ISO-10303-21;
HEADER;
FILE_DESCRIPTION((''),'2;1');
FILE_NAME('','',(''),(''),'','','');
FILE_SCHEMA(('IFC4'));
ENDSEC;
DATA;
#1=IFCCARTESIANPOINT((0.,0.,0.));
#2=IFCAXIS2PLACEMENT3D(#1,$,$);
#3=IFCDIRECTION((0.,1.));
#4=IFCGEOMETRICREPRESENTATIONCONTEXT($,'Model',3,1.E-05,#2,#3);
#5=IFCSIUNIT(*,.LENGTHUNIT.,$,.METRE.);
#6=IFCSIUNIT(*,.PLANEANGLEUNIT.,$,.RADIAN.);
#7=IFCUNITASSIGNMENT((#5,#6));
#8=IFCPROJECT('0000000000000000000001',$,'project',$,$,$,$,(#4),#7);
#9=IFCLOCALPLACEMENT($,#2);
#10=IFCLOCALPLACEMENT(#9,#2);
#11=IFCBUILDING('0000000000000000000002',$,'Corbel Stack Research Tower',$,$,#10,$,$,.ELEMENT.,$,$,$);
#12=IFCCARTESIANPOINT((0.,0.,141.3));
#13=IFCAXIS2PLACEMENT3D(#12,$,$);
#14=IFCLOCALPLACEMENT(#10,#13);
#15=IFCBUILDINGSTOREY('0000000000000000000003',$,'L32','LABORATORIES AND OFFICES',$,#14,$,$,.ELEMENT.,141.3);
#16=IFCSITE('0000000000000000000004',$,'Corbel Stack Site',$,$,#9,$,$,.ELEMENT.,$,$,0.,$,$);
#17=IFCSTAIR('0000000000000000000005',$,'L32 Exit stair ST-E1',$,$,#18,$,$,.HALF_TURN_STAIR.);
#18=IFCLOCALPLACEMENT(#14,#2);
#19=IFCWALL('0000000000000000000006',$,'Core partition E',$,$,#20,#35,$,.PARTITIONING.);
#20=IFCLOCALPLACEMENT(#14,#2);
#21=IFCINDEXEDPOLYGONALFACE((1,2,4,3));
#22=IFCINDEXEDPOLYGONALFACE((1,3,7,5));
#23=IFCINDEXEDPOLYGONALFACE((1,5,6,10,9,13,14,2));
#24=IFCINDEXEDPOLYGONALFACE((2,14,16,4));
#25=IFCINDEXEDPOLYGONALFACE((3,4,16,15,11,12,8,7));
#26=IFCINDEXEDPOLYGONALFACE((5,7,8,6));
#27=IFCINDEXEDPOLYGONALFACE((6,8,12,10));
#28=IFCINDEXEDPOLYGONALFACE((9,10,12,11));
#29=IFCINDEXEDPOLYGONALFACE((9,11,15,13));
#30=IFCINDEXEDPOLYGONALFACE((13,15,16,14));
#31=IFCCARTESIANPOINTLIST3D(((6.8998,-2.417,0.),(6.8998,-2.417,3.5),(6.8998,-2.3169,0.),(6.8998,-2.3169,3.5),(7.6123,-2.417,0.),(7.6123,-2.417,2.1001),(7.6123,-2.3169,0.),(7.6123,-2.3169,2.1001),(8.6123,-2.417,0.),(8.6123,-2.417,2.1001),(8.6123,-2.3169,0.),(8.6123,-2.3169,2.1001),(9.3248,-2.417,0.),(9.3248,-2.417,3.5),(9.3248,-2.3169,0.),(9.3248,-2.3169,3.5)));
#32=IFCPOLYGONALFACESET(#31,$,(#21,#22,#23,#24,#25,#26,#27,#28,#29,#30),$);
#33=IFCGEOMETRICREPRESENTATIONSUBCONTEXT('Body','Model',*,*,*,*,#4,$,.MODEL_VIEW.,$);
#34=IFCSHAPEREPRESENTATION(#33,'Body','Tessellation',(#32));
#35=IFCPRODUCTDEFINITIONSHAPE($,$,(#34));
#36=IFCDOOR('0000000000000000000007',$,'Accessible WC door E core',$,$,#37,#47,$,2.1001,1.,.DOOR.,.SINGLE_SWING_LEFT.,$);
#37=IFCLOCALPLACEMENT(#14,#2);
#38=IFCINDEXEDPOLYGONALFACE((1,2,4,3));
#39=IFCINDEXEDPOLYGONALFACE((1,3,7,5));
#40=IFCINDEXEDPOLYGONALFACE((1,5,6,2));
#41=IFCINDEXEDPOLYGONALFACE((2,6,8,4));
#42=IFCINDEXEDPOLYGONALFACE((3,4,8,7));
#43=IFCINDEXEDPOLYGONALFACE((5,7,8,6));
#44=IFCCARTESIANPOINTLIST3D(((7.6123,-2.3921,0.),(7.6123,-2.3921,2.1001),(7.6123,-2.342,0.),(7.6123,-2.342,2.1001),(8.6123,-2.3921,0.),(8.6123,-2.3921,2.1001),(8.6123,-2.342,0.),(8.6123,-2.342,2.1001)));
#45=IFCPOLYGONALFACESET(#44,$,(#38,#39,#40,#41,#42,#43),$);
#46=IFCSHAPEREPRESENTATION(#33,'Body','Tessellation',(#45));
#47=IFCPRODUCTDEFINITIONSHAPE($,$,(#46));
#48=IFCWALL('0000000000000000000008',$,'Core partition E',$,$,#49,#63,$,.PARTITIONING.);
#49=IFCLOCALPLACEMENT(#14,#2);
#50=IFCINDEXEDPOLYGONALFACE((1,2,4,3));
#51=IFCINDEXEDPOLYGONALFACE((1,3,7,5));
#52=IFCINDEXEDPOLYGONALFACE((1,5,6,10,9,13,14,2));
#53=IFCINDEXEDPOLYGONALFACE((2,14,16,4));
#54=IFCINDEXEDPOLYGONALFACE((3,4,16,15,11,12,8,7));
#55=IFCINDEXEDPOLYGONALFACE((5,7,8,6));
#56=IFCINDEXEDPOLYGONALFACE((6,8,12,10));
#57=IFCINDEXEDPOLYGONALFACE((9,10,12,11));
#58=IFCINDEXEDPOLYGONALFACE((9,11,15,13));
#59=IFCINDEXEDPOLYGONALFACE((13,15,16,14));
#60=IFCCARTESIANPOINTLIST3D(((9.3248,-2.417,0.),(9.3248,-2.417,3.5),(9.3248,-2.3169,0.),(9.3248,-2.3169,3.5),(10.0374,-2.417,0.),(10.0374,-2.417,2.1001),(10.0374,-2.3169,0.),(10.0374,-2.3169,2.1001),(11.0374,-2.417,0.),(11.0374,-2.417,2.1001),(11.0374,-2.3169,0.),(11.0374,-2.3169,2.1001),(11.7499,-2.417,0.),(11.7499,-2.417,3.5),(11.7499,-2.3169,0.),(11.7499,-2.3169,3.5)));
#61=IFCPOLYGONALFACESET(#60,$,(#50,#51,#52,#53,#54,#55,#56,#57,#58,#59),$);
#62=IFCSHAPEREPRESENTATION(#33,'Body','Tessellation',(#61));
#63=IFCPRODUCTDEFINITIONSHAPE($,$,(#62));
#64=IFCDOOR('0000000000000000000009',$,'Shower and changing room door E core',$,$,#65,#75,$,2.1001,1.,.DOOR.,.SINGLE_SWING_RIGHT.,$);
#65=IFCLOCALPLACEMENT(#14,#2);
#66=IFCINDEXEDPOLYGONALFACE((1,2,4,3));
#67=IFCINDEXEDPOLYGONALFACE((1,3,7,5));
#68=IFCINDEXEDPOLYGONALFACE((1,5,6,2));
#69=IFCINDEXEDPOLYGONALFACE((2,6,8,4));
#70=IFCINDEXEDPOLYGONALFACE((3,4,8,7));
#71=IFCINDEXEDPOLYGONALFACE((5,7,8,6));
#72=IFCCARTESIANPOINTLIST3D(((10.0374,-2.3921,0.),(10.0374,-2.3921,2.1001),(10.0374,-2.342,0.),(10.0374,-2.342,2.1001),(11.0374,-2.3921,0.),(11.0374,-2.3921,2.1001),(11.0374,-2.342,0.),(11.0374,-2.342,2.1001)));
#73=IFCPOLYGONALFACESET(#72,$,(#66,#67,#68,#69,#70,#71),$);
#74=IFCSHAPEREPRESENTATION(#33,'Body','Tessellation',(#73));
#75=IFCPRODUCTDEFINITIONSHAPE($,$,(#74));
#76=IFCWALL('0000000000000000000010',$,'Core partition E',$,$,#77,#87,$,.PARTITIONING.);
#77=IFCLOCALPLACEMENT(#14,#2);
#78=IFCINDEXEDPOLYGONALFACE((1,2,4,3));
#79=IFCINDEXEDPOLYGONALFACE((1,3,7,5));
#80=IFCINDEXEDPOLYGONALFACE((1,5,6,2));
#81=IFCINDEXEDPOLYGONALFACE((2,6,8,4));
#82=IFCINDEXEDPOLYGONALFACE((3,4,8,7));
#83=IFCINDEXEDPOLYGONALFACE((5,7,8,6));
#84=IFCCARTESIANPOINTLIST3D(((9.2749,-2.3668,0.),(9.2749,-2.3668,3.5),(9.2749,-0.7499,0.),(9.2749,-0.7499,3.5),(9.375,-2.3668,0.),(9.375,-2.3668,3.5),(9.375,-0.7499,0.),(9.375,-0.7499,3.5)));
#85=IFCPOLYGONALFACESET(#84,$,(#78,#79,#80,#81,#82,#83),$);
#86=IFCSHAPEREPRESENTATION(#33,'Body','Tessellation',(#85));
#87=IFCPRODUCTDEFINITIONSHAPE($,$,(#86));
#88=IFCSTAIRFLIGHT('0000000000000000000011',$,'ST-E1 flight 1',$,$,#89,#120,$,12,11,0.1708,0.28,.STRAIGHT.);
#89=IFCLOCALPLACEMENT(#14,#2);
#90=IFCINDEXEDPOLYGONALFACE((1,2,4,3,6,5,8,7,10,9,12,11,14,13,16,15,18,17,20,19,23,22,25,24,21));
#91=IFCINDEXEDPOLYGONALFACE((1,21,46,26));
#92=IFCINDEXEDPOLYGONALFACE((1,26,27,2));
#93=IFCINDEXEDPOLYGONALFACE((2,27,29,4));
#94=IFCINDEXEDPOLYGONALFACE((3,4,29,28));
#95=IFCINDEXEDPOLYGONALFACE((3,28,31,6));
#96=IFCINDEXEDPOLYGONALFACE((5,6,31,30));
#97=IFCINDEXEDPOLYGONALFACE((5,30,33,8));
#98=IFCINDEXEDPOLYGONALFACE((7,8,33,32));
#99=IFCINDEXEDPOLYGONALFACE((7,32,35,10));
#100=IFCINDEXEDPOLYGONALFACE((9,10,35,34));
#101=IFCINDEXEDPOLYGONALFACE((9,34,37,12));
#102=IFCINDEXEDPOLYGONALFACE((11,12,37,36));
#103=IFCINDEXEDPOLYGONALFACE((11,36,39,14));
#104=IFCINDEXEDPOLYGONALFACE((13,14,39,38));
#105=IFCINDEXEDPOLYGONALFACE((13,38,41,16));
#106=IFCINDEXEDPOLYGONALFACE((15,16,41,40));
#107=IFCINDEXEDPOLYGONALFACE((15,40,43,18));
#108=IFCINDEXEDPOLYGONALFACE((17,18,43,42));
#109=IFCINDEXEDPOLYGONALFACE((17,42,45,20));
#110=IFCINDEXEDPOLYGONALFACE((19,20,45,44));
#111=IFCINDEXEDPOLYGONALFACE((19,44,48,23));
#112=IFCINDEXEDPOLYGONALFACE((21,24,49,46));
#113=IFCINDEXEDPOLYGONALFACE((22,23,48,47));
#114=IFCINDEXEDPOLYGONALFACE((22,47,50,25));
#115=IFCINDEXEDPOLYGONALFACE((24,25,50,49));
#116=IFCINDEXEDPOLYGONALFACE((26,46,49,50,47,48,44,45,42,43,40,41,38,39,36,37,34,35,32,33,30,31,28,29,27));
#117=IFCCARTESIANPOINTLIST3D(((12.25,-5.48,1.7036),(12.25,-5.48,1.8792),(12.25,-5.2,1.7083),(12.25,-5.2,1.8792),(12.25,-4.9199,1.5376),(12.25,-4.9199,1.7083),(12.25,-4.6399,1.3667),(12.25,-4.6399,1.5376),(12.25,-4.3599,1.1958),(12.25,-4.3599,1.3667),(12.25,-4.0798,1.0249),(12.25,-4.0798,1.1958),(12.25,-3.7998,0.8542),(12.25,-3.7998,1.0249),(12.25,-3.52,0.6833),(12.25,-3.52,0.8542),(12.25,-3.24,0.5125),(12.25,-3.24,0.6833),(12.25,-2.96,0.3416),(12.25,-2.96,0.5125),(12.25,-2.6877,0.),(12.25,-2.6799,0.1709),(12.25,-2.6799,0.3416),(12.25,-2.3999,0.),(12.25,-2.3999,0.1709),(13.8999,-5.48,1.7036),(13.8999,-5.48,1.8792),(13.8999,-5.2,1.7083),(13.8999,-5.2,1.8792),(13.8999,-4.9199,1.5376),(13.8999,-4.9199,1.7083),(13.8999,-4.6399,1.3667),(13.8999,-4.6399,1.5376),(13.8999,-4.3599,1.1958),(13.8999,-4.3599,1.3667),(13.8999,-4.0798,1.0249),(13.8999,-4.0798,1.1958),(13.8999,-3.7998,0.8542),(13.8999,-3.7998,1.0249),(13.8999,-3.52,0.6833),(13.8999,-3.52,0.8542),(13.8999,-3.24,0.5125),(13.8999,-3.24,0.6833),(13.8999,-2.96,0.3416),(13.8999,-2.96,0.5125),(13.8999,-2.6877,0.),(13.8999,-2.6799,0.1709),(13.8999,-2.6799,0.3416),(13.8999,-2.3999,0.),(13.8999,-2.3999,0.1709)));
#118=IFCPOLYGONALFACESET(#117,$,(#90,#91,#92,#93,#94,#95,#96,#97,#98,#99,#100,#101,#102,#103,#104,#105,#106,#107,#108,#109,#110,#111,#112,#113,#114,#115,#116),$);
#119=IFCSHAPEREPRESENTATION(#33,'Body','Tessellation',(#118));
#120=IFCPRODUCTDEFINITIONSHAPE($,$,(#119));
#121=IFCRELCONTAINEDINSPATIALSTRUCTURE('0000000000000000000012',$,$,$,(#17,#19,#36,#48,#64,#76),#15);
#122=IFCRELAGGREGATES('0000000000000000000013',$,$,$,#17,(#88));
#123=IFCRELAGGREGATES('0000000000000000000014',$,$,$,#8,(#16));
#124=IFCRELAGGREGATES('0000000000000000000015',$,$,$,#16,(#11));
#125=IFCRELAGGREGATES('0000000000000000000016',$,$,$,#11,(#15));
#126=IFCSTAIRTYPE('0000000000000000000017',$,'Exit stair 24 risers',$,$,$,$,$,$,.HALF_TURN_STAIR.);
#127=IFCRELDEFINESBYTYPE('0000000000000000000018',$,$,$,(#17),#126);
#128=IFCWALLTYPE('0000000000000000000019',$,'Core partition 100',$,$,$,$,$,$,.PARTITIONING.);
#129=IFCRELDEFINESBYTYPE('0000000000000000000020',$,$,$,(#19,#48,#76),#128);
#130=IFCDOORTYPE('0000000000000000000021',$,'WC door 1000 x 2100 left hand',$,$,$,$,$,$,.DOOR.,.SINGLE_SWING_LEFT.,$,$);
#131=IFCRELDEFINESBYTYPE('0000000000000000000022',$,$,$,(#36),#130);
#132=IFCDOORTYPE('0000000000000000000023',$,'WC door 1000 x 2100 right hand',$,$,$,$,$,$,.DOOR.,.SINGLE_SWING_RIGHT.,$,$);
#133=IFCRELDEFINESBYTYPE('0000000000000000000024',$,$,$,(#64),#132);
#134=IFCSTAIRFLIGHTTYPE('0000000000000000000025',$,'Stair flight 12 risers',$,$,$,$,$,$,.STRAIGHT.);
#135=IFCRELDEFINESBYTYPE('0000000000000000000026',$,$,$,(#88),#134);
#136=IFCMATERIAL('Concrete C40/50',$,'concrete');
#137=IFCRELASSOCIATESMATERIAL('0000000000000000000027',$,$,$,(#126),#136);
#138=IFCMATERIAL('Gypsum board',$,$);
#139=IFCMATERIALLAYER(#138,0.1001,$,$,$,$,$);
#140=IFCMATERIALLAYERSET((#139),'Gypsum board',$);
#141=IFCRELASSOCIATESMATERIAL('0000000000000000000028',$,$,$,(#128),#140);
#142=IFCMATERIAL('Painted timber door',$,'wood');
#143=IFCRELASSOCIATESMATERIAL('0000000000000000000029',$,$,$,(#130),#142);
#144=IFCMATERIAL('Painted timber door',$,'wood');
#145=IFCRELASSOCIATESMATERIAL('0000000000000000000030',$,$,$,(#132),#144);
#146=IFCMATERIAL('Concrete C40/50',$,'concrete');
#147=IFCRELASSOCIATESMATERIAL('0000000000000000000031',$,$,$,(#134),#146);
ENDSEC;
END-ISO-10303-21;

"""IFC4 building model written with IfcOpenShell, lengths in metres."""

from ifc_helpers import new_model, si_unit, direction, frame, frame_2d, origin, place, context, subcontext, project, spatial, polyline, rectangle, outline, extrude, material, layer, layer_set, type_object, element, fill, aggregate, save


model = new_model("IFC4")

# Units and contexts
model_context = context("Model", 3, precision=1e-05, world=origin(), true_north=direction((0.0, 1.0)))
body_context = subcontext(model_context, "Body", "Model", "MODEL_VIEW")
ifc_project = project(units=[si_unit("LENGTHUNIT", "METRE"), si_unit("PLANEANGLEUNIT", "RADIAN")], contexts=[model_context])

# Site, building, storey
site_placement = place(None, origin())
site = spatial("IfcSite", under=ifc_project, at=site_placement, Name="Corbel Stack Site", CompositionType="ELEMENT", RefElevation=0.0)
building_placement = place(site_placement, origin())
building = spatial("IfcBuilding", under=site, at=building_placement, Name="Corbel Stack Research Tower", CompositionType="ELEMENT")
storey_placement = place(building_placement, frame((0.0, 0.0, 141.3)))
storey = spatial("IfcBuildingStorey", under=building, at=storey_placement, Name="L32", Description="LABORATORIES AND OFFICES", CompositionType="ELEMENT", Elevation=141.3)

# Stair
ifc_material_1 = material(Name="Concrete C40/50", Category="concrete")
stair_type = type_object("IfcStairType", Name="Exit stair 24 risers", PredefinedType="HALF_TURN_STAIR", material=ifc_material_1)
stair_1_placement = place(storey_placement, origin())
stair_1 = element("IfcStair", 1, at=stair_1_placement, inside=storey, type_object=stair_type, Name="L32 Exit stair ST-E1", PredefinedType="HALF_TURN_STAIR")

# Walls, openings, doors
ifc_material_2 = material(Name="Gypsum board")
ifc_layer_1 = layer(ifc_material_2, 0.1001)
ifc_layer_set_1 = layer_set([ifc_layer_1], Name="Gypsum board")
wall_type_1 = type_object("IfcWallType", Name="Core partition 100", PredefinedType="PARTITIONING", material=ifc_layer_set_1)
ifc_material_3 = material(Name="Painted timber door", Category="wood")
door_type_1 = type_object("IfcDoorType", Name="WC door 1000 x 2100 left hand", OperationType="SINGLE_SWING_LEFT", PredefinedType="DOOR", material=ifc_material_3)
ifc_material_4 = material(Name="Painted timber door", Category="wood")
door_type_2 = type_object("IfcDoorType", Name="WC door 1000 x 2100 right hand", OperationType="SINGLE_SWING_RIGHT", PredefinedType="DOOR", material=ifc_material_4)
wall_1_placement = place(storey_placement, frame((6.8999, -2.3669, 0.0), z_axis=(0.0, 0.0, 1.0), x_axis=(1.0, 0.0, 0.0)))
wall_1 = element("IfcWall", 2, at=wall_1_placement, inside=storey, type_object=wall_type_1, Name="Core partition E", PredefinedType="PARTITIONING", context=body_context, shape_type="SweptSolid", body=[
    extrude(rectangle(XDim=2.425, YDim=0.1001, at=frame_2d((1.2124, 0.0))), origin(), (0.0, 0.0, 1.0), 3.5),
])
opening_1_placement = place(wall_1_placement, frame((0.7124, 0.0, 0.0)))
opening_1 = element("IfcOpeningElement", 3, at=opening_1_placement, cuts=wall_1, PredefinedType="OPENING", context=body_context, shape_type="SweptSolid", body=[
    extrude(rectangle(XDim=1.0, YDim=2.1001, at=frame_2d((0.5, 1.05))), frame((0.0, 0.0601, 0.0), z_axis=(0.0, -1.0, 0.0), x_axis=(1.0, 0.0, 0.0)), (0.0, 0.0, 1.0), 0.1201),
])
door_1_placement = place(opening_1_placement, origin())
door_1 = element("IfcDoor", 4, at=door_1_placement, inside=storey, type_object=door_type_1, Name="Accessible WC door E core", OperationType="SINGLE_SWING_LEFT", OverallHeight=2.1001, OverallWidth=1.0, PredefinedType="DOOR", context=body_context, shape_type="SweptSolid", body=[
    extrude(rectangle(XDim=1.0, YDim=2.1001, at=frame_2d((0.5, 1.05))), frame((0.0, 0.0249, 0.0), z_axis=(0.0, -1.0, 0.0), x_axis=(1.0, 0.0, 0.0)), (0.0, 0.0, 1.0), 0.05),
])
fill(opening_1, door_1)
wall_2_placement = place(storey_placement, frame((9.325, -2.3669, 0.0), z_axis=(0.0, 0.0, 1.0), x_axis=(1.0, 0.0, 0.0)))
wall_2 = element("IfcWall", 5, at=wall_2_placement, inside=storey, type_object=wall_type_1, Name="Core partition E", PredefinedType="PARTITIONING", context=body_context, shape_type="SweptSolid", body=[
    extrude(rectangle(XDim=2.425, YDim=0.1001, at=frame_2d((1.2124, 0.0))), origin(), (0.0, 0.0, 1.0), 3.5),
])
opening_2_placement = place(wall_2_placement, frame((0.7124, 0.0, 0.0)))
opening_2 = element("IfcOpeningElement", 6, at=opening_2_placement, cuts=wall_2, PredefinedType="OPENING", context=body_context, shape_type="SweptSolid", body=[
    extrude(rectangle(XDim=1.0, YDim=2.1001, at=frame_2d((0.5, 1.05))), frame((0.0, 0.0601, 0.0), z_axis=(0.0, -1.0, 0.0), x_axis=(1.0, 0.0, 0.0)), (0.0, 0.0, 1.0), 0.1201),
])
door_2_placement = place(opening_2_placement, origin())
door_2 = element("IfcDoor", 7, at=door_2_placement, inside=storey, type_object=door_type_2, Name="Shower and changing room door E core", OperationType="SINGLE_SWING_RIGHT", OverallHeight=2.1001, OverallWidth=1.0, PredefinedType="DOOR", context=body_context, shape_type="SweptSolid", body=[
    extrude(rectangle(XDim=1.0, YDim=2.1001, at=frame_2d((0.5, 1.05))), frame((0.0, 0.0249, 0.0), z_axis=(0.0, -1.0, 0.0), x_axis=(1.0, 0.0, 0.0)), (0.0, 0.0, 1.0), 0.05),
])
fill(opening_2, door_2)

# Wall
wall_3_placement = place(storey_placement, frame((9.325, -2.3669, 0.0), z_axis=(0.0, 0.0, 1.0), x_axis=(0.0, 1.0, 0.0)))
element("IfcWall", 8, at=wall_3_placement, inside=storey, type_object=wall_type_1, Name="Core partition E", PredefinedType="PARTITIONING", context=body_context, shape_type="SweptSolid", body=[
    extrude(rectangle(XDim=1.6169, YDim=0.1001, at=frame_2d((0.8086, 0.0))), origin(), (0.0, 0.0, 1.0), 3.5),
])

# Stair flight
ifc_material_5 = material(Name="Concrete C40/50", Category="concrete")
stair_flight_type = type_object("IfcStairFlightType", Name="Stair flight 12 risers", PredefinedType="STRAIGHT", material=ifc_material_5)
stair_flight_placement = place(storey_placement, frame((13.075, -2.3999, 0.0), z_axis=(0.0, 0.0, 1.0), x_axis=(0.0, -1.0, 0.0)))
stair_flight = element("IfcStairFlight", 9, at=stair_flight_placement, type_object=stair_flight_type, Name="ST-E1 flight 1", NumberOfRisers=12, NumberOfTreads=11, PredefinedType="STRAIGHT", RiserHeight=0.1708, TreadLength=0.28, context=body_context, shape_type="SweptSolid", body=[
    extrude(outline(polyline([(0.0, 0.0), (0.0, 0.1709), (0.28, 0.1709), (0.28, 0.3416), (0.5601, 0.3416), (0.5601, 0.5125), (0.8401, 0.5125), (0.8401, 0.6833), (1.1201, 0.6833), (1.1201, 0.8542), (1.3999, 0.8542), (1.3999, 1.0249), (1.6799, 1.0249), (1.6799, 1.1958), (1.96, 1.1958), (1.96, 1.3667), (2.24, 1.3667), (2.24, 1.5376), (2.52, 1.5376), (2.52, 1.7083), (2.8, 1.7083), (2.8, 1.8792), (3.0801, 1.8792), (3.0801, 2.05), (3.0801, 1.7036), (0.2878, 0.0), (0.0, 0.0)])), frame((0.0, 0.825, 0.0), z_axis=(0.0, -1.0, 0.0), x_axis=(1.0, 0.0, 0.0)), (0.0, 0.0, 1.0), 1.6499),
])
aggregate(stair_1, [stair_flight])

save(model, "model.ifc")
